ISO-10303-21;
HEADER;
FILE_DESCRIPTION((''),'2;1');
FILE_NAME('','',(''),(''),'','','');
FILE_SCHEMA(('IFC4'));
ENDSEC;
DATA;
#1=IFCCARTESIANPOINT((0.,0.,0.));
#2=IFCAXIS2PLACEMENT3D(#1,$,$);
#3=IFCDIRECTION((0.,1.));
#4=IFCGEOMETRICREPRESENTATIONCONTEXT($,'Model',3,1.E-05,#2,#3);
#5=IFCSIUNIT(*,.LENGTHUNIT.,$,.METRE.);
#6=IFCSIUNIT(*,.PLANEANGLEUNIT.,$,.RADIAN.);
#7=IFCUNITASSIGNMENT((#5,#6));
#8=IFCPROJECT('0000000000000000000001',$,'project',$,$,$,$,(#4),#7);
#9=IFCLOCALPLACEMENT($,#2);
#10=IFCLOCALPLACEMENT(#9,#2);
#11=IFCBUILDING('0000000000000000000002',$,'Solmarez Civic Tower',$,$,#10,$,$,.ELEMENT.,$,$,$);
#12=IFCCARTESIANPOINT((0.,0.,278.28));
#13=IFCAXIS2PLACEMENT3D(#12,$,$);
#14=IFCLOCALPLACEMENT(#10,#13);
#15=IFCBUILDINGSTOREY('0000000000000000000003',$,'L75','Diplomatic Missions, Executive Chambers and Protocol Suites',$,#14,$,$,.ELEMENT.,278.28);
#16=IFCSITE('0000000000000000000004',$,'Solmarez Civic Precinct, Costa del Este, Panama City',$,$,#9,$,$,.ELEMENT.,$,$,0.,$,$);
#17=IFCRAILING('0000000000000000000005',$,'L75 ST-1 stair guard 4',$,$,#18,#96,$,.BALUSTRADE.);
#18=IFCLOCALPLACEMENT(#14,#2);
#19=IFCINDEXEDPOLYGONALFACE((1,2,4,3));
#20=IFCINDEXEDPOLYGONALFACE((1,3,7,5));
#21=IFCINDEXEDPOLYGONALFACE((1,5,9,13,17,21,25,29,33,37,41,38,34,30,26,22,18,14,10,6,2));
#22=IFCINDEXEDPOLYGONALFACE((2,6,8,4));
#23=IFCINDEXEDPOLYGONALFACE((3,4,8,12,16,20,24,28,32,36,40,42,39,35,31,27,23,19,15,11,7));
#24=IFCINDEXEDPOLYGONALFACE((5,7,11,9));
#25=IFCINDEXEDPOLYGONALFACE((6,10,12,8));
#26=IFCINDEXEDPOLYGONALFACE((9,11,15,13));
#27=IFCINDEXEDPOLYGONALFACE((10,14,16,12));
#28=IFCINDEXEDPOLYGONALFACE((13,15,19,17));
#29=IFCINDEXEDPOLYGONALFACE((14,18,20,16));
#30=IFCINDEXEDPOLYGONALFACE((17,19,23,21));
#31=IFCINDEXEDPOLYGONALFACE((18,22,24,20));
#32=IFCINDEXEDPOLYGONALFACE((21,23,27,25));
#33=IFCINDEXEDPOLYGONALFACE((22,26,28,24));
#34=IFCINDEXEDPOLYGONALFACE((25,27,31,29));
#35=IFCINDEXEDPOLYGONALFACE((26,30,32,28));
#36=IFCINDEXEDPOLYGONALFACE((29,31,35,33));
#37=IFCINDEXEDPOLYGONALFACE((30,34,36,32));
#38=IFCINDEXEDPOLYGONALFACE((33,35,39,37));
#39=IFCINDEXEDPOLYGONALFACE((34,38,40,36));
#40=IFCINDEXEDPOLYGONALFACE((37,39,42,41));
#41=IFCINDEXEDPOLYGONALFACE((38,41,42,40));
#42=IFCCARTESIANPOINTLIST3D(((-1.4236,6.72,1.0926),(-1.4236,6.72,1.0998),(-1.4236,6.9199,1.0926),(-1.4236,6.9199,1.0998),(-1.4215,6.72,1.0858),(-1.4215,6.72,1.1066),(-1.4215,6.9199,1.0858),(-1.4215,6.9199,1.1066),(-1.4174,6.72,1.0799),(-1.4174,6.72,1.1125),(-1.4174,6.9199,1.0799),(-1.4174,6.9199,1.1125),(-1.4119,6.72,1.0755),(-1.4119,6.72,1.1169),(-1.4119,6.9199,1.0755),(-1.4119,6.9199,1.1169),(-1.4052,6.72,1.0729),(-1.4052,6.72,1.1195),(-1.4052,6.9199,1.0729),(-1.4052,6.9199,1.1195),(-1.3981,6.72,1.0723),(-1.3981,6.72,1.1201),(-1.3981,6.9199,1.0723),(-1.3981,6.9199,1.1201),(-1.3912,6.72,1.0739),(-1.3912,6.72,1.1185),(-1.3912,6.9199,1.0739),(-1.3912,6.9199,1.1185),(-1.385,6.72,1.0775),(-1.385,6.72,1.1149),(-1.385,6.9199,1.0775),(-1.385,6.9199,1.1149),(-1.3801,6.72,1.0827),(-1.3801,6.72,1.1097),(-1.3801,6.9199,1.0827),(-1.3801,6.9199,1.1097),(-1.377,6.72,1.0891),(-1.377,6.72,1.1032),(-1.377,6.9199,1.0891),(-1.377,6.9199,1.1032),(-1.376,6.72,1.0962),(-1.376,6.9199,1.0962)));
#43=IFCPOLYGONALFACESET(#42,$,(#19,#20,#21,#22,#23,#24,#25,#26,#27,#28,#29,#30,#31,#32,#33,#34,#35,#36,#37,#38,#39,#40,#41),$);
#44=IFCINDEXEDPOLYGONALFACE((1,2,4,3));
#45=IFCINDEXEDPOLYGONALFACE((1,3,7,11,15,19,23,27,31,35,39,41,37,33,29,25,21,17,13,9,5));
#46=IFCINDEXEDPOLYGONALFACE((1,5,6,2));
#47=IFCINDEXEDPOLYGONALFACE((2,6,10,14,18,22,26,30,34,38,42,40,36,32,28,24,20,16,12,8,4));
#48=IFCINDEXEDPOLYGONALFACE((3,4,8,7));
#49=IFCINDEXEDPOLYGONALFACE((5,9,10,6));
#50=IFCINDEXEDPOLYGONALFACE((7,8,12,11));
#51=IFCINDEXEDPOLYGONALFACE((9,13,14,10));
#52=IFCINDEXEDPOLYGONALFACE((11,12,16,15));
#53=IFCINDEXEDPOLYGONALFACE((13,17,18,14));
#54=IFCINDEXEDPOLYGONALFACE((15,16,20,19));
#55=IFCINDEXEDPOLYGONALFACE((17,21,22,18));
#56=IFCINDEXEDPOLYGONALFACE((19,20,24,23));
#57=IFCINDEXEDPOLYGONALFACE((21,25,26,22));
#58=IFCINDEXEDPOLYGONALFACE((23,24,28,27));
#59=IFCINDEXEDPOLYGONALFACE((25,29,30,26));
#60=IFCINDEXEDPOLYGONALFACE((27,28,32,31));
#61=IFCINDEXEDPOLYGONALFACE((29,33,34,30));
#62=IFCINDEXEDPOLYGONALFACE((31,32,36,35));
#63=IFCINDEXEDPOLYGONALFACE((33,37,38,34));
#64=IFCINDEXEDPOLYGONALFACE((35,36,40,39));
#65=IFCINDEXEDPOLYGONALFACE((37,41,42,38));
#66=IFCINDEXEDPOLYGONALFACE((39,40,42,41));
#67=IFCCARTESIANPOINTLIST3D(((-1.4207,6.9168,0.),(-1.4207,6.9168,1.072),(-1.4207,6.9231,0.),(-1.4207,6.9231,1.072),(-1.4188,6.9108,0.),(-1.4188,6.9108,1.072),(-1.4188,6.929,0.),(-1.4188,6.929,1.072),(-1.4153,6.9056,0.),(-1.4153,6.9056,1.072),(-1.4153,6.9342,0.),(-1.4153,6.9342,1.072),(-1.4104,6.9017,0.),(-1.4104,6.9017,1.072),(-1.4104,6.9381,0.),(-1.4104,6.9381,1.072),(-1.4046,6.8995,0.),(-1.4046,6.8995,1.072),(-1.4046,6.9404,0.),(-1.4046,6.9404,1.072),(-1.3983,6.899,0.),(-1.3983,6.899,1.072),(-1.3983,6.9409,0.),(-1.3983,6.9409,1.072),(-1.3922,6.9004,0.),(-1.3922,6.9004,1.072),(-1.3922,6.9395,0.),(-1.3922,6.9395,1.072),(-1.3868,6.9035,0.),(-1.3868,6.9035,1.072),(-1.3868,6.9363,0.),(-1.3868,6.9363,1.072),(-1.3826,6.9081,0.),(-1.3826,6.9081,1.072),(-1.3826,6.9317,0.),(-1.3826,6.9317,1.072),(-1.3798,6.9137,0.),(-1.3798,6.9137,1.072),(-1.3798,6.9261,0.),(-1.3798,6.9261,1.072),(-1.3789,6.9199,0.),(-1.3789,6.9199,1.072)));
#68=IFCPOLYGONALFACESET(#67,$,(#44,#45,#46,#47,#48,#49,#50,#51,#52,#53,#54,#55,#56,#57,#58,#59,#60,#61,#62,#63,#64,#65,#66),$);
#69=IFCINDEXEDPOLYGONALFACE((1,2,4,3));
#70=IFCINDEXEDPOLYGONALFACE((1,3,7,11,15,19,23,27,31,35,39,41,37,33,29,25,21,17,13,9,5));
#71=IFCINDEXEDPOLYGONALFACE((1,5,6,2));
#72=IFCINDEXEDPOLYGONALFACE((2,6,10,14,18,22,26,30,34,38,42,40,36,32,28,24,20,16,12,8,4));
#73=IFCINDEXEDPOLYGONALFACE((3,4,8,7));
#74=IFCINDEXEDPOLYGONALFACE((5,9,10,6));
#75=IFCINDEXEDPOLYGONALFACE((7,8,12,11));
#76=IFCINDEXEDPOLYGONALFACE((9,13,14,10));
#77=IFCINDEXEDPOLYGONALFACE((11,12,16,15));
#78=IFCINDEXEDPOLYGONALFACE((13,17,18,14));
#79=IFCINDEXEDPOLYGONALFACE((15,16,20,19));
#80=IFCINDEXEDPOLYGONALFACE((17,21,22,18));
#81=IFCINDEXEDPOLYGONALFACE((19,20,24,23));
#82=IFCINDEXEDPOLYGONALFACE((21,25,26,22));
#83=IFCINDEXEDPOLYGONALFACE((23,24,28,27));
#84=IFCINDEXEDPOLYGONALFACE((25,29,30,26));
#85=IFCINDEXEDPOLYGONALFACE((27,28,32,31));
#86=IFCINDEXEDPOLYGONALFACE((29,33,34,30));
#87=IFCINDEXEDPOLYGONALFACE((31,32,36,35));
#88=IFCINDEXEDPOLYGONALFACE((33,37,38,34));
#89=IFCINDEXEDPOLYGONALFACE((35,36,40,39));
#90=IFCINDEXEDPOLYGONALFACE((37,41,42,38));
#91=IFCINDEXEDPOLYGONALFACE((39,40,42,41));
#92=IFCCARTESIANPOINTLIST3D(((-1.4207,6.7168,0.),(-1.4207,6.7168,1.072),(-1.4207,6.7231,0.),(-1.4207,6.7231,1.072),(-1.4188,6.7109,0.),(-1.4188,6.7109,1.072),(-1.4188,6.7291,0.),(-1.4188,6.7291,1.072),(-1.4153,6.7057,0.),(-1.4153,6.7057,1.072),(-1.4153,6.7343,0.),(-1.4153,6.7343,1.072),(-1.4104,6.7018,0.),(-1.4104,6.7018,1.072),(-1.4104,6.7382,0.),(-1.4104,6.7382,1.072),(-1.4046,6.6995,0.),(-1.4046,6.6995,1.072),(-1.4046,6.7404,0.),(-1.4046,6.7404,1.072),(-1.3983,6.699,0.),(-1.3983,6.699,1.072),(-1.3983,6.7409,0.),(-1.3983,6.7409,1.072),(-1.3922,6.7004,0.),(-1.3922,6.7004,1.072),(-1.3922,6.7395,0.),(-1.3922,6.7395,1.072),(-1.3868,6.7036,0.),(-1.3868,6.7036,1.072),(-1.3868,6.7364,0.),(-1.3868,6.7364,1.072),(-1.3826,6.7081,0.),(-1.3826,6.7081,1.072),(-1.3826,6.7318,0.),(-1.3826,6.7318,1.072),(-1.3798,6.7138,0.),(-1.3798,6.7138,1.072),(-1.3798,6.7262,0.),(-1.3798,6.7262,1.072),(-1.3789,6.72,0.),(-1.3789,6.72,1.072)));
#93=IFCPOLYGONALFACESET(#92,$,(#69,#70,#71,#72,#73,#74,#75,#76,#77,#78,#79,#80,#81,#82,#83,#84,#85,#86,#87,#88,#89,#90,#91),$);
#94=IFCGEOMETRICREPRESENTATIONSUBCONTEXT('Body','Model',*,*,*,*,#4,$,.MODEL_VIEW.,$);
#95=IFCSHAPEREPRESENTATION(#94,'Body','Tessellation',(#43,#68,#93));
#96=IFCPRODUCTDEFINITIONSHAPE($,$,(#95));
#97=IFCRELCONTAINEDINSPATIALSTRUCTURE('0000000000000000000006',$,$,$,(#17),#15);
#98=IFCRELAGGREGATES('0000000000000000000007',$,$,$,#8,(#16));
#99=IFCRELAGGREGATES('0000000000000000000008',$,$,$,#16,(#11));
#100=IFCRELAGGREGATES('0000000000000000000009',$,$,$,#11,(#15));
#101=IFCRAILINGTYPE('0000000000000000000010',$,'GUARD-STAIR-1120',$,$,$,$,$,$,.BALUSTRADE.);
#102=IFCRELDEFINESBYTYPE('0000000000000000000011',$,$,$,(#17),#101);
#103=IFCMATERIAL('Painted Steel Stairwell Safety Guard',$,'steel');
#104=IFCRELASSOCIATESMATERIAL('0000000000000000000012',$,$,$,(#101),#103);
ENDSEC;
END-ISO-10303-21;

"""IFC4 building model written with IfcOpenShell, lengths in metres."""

from ifc_helpers import new_model, si_unit, direction, frame, origin, origin_2d, place, context, subcontext, project, spatial, circle, extrude, material, type_object, element, save


model = new_model("IFC4")

# Units and contexts
model_context = context("Model", 3, precision=1e-05, world=origin(), true_north=direction((0.0, 1.0)))
body_context = subcontext(model_context, "Body", "Model", "MODEL_VIEW")
ifc_project = project(units=[si_unit("LENGTHUNIT", "METRE"), si_unit("PLANEANGLEUNIT", "RADIAN")], contexts=[model_context])

# Site, building, storey
site_placement = place(None, origin())
site = spatial("IfcSite", under=ifc_project, at=site_placement, Name="Solmarez Civic Precinct, Costa del Este, Panama City", CompositionType="ELEMENT", RefElevation=0.0)
building_placement = place(site_placement, origin())
building = spatial("IfcBuilding", under=site, at=building_placement, Name="Solmarez Civic Tower", CompositionType="ELEMENT")
storey_placement = place(building_placement, frame((0.0, 0.0, 278.28)))
storey = spatial("IfcBuildingStorey", under=building, at=storey_placement, Name="L75", Description="Diplomatic Missions, Executive Chambers and Protocol Suites", CompositionType="ELEMENT", Elevation=278.28)

# Railing
ifc_material_1 = material(Name="Painted Steel Stairwell Safety Guard", Category="steel")
railing_type_1 = type_object("IfcRailingType", Name="GUARD-STAIR-1120", PredefinedType="BALUSTRADE", material=ifc_material_1)
railing_1_placement = place(storey_placement, frame((-1.3999, 6.9199, 0.0)))
element("IfcRailing", 1, at=railing_1_placement, inside=storey, type_object=railing_type_1, Name="L75 ST-1 stair guard 4", PredefinedType="BALUSTRADE", context=body_context, shape_type="SweptSolid", body=[
    extrude(circle(Radius=0.0239, at=origin_2d()), frame((0.0, 0.0, 1.0962), z_axis=(0.0, -1.0, 0.0), x_axis=(1.0, 0.0, 0.0)), (0.0, 0.0, 1.0), 0.2),
    extrude(circle(Radius=0.021, at=origin_2d()), origin(), (0.0, 0.0, 1.0), 1.072),
    extrude(circle(Radius=0.021, at=origin_2d()), frame((0.0, -0.2, 0.0)), (0.0, 0.0, 1.0), 1.072),
])

save(model, "model.ifc")
